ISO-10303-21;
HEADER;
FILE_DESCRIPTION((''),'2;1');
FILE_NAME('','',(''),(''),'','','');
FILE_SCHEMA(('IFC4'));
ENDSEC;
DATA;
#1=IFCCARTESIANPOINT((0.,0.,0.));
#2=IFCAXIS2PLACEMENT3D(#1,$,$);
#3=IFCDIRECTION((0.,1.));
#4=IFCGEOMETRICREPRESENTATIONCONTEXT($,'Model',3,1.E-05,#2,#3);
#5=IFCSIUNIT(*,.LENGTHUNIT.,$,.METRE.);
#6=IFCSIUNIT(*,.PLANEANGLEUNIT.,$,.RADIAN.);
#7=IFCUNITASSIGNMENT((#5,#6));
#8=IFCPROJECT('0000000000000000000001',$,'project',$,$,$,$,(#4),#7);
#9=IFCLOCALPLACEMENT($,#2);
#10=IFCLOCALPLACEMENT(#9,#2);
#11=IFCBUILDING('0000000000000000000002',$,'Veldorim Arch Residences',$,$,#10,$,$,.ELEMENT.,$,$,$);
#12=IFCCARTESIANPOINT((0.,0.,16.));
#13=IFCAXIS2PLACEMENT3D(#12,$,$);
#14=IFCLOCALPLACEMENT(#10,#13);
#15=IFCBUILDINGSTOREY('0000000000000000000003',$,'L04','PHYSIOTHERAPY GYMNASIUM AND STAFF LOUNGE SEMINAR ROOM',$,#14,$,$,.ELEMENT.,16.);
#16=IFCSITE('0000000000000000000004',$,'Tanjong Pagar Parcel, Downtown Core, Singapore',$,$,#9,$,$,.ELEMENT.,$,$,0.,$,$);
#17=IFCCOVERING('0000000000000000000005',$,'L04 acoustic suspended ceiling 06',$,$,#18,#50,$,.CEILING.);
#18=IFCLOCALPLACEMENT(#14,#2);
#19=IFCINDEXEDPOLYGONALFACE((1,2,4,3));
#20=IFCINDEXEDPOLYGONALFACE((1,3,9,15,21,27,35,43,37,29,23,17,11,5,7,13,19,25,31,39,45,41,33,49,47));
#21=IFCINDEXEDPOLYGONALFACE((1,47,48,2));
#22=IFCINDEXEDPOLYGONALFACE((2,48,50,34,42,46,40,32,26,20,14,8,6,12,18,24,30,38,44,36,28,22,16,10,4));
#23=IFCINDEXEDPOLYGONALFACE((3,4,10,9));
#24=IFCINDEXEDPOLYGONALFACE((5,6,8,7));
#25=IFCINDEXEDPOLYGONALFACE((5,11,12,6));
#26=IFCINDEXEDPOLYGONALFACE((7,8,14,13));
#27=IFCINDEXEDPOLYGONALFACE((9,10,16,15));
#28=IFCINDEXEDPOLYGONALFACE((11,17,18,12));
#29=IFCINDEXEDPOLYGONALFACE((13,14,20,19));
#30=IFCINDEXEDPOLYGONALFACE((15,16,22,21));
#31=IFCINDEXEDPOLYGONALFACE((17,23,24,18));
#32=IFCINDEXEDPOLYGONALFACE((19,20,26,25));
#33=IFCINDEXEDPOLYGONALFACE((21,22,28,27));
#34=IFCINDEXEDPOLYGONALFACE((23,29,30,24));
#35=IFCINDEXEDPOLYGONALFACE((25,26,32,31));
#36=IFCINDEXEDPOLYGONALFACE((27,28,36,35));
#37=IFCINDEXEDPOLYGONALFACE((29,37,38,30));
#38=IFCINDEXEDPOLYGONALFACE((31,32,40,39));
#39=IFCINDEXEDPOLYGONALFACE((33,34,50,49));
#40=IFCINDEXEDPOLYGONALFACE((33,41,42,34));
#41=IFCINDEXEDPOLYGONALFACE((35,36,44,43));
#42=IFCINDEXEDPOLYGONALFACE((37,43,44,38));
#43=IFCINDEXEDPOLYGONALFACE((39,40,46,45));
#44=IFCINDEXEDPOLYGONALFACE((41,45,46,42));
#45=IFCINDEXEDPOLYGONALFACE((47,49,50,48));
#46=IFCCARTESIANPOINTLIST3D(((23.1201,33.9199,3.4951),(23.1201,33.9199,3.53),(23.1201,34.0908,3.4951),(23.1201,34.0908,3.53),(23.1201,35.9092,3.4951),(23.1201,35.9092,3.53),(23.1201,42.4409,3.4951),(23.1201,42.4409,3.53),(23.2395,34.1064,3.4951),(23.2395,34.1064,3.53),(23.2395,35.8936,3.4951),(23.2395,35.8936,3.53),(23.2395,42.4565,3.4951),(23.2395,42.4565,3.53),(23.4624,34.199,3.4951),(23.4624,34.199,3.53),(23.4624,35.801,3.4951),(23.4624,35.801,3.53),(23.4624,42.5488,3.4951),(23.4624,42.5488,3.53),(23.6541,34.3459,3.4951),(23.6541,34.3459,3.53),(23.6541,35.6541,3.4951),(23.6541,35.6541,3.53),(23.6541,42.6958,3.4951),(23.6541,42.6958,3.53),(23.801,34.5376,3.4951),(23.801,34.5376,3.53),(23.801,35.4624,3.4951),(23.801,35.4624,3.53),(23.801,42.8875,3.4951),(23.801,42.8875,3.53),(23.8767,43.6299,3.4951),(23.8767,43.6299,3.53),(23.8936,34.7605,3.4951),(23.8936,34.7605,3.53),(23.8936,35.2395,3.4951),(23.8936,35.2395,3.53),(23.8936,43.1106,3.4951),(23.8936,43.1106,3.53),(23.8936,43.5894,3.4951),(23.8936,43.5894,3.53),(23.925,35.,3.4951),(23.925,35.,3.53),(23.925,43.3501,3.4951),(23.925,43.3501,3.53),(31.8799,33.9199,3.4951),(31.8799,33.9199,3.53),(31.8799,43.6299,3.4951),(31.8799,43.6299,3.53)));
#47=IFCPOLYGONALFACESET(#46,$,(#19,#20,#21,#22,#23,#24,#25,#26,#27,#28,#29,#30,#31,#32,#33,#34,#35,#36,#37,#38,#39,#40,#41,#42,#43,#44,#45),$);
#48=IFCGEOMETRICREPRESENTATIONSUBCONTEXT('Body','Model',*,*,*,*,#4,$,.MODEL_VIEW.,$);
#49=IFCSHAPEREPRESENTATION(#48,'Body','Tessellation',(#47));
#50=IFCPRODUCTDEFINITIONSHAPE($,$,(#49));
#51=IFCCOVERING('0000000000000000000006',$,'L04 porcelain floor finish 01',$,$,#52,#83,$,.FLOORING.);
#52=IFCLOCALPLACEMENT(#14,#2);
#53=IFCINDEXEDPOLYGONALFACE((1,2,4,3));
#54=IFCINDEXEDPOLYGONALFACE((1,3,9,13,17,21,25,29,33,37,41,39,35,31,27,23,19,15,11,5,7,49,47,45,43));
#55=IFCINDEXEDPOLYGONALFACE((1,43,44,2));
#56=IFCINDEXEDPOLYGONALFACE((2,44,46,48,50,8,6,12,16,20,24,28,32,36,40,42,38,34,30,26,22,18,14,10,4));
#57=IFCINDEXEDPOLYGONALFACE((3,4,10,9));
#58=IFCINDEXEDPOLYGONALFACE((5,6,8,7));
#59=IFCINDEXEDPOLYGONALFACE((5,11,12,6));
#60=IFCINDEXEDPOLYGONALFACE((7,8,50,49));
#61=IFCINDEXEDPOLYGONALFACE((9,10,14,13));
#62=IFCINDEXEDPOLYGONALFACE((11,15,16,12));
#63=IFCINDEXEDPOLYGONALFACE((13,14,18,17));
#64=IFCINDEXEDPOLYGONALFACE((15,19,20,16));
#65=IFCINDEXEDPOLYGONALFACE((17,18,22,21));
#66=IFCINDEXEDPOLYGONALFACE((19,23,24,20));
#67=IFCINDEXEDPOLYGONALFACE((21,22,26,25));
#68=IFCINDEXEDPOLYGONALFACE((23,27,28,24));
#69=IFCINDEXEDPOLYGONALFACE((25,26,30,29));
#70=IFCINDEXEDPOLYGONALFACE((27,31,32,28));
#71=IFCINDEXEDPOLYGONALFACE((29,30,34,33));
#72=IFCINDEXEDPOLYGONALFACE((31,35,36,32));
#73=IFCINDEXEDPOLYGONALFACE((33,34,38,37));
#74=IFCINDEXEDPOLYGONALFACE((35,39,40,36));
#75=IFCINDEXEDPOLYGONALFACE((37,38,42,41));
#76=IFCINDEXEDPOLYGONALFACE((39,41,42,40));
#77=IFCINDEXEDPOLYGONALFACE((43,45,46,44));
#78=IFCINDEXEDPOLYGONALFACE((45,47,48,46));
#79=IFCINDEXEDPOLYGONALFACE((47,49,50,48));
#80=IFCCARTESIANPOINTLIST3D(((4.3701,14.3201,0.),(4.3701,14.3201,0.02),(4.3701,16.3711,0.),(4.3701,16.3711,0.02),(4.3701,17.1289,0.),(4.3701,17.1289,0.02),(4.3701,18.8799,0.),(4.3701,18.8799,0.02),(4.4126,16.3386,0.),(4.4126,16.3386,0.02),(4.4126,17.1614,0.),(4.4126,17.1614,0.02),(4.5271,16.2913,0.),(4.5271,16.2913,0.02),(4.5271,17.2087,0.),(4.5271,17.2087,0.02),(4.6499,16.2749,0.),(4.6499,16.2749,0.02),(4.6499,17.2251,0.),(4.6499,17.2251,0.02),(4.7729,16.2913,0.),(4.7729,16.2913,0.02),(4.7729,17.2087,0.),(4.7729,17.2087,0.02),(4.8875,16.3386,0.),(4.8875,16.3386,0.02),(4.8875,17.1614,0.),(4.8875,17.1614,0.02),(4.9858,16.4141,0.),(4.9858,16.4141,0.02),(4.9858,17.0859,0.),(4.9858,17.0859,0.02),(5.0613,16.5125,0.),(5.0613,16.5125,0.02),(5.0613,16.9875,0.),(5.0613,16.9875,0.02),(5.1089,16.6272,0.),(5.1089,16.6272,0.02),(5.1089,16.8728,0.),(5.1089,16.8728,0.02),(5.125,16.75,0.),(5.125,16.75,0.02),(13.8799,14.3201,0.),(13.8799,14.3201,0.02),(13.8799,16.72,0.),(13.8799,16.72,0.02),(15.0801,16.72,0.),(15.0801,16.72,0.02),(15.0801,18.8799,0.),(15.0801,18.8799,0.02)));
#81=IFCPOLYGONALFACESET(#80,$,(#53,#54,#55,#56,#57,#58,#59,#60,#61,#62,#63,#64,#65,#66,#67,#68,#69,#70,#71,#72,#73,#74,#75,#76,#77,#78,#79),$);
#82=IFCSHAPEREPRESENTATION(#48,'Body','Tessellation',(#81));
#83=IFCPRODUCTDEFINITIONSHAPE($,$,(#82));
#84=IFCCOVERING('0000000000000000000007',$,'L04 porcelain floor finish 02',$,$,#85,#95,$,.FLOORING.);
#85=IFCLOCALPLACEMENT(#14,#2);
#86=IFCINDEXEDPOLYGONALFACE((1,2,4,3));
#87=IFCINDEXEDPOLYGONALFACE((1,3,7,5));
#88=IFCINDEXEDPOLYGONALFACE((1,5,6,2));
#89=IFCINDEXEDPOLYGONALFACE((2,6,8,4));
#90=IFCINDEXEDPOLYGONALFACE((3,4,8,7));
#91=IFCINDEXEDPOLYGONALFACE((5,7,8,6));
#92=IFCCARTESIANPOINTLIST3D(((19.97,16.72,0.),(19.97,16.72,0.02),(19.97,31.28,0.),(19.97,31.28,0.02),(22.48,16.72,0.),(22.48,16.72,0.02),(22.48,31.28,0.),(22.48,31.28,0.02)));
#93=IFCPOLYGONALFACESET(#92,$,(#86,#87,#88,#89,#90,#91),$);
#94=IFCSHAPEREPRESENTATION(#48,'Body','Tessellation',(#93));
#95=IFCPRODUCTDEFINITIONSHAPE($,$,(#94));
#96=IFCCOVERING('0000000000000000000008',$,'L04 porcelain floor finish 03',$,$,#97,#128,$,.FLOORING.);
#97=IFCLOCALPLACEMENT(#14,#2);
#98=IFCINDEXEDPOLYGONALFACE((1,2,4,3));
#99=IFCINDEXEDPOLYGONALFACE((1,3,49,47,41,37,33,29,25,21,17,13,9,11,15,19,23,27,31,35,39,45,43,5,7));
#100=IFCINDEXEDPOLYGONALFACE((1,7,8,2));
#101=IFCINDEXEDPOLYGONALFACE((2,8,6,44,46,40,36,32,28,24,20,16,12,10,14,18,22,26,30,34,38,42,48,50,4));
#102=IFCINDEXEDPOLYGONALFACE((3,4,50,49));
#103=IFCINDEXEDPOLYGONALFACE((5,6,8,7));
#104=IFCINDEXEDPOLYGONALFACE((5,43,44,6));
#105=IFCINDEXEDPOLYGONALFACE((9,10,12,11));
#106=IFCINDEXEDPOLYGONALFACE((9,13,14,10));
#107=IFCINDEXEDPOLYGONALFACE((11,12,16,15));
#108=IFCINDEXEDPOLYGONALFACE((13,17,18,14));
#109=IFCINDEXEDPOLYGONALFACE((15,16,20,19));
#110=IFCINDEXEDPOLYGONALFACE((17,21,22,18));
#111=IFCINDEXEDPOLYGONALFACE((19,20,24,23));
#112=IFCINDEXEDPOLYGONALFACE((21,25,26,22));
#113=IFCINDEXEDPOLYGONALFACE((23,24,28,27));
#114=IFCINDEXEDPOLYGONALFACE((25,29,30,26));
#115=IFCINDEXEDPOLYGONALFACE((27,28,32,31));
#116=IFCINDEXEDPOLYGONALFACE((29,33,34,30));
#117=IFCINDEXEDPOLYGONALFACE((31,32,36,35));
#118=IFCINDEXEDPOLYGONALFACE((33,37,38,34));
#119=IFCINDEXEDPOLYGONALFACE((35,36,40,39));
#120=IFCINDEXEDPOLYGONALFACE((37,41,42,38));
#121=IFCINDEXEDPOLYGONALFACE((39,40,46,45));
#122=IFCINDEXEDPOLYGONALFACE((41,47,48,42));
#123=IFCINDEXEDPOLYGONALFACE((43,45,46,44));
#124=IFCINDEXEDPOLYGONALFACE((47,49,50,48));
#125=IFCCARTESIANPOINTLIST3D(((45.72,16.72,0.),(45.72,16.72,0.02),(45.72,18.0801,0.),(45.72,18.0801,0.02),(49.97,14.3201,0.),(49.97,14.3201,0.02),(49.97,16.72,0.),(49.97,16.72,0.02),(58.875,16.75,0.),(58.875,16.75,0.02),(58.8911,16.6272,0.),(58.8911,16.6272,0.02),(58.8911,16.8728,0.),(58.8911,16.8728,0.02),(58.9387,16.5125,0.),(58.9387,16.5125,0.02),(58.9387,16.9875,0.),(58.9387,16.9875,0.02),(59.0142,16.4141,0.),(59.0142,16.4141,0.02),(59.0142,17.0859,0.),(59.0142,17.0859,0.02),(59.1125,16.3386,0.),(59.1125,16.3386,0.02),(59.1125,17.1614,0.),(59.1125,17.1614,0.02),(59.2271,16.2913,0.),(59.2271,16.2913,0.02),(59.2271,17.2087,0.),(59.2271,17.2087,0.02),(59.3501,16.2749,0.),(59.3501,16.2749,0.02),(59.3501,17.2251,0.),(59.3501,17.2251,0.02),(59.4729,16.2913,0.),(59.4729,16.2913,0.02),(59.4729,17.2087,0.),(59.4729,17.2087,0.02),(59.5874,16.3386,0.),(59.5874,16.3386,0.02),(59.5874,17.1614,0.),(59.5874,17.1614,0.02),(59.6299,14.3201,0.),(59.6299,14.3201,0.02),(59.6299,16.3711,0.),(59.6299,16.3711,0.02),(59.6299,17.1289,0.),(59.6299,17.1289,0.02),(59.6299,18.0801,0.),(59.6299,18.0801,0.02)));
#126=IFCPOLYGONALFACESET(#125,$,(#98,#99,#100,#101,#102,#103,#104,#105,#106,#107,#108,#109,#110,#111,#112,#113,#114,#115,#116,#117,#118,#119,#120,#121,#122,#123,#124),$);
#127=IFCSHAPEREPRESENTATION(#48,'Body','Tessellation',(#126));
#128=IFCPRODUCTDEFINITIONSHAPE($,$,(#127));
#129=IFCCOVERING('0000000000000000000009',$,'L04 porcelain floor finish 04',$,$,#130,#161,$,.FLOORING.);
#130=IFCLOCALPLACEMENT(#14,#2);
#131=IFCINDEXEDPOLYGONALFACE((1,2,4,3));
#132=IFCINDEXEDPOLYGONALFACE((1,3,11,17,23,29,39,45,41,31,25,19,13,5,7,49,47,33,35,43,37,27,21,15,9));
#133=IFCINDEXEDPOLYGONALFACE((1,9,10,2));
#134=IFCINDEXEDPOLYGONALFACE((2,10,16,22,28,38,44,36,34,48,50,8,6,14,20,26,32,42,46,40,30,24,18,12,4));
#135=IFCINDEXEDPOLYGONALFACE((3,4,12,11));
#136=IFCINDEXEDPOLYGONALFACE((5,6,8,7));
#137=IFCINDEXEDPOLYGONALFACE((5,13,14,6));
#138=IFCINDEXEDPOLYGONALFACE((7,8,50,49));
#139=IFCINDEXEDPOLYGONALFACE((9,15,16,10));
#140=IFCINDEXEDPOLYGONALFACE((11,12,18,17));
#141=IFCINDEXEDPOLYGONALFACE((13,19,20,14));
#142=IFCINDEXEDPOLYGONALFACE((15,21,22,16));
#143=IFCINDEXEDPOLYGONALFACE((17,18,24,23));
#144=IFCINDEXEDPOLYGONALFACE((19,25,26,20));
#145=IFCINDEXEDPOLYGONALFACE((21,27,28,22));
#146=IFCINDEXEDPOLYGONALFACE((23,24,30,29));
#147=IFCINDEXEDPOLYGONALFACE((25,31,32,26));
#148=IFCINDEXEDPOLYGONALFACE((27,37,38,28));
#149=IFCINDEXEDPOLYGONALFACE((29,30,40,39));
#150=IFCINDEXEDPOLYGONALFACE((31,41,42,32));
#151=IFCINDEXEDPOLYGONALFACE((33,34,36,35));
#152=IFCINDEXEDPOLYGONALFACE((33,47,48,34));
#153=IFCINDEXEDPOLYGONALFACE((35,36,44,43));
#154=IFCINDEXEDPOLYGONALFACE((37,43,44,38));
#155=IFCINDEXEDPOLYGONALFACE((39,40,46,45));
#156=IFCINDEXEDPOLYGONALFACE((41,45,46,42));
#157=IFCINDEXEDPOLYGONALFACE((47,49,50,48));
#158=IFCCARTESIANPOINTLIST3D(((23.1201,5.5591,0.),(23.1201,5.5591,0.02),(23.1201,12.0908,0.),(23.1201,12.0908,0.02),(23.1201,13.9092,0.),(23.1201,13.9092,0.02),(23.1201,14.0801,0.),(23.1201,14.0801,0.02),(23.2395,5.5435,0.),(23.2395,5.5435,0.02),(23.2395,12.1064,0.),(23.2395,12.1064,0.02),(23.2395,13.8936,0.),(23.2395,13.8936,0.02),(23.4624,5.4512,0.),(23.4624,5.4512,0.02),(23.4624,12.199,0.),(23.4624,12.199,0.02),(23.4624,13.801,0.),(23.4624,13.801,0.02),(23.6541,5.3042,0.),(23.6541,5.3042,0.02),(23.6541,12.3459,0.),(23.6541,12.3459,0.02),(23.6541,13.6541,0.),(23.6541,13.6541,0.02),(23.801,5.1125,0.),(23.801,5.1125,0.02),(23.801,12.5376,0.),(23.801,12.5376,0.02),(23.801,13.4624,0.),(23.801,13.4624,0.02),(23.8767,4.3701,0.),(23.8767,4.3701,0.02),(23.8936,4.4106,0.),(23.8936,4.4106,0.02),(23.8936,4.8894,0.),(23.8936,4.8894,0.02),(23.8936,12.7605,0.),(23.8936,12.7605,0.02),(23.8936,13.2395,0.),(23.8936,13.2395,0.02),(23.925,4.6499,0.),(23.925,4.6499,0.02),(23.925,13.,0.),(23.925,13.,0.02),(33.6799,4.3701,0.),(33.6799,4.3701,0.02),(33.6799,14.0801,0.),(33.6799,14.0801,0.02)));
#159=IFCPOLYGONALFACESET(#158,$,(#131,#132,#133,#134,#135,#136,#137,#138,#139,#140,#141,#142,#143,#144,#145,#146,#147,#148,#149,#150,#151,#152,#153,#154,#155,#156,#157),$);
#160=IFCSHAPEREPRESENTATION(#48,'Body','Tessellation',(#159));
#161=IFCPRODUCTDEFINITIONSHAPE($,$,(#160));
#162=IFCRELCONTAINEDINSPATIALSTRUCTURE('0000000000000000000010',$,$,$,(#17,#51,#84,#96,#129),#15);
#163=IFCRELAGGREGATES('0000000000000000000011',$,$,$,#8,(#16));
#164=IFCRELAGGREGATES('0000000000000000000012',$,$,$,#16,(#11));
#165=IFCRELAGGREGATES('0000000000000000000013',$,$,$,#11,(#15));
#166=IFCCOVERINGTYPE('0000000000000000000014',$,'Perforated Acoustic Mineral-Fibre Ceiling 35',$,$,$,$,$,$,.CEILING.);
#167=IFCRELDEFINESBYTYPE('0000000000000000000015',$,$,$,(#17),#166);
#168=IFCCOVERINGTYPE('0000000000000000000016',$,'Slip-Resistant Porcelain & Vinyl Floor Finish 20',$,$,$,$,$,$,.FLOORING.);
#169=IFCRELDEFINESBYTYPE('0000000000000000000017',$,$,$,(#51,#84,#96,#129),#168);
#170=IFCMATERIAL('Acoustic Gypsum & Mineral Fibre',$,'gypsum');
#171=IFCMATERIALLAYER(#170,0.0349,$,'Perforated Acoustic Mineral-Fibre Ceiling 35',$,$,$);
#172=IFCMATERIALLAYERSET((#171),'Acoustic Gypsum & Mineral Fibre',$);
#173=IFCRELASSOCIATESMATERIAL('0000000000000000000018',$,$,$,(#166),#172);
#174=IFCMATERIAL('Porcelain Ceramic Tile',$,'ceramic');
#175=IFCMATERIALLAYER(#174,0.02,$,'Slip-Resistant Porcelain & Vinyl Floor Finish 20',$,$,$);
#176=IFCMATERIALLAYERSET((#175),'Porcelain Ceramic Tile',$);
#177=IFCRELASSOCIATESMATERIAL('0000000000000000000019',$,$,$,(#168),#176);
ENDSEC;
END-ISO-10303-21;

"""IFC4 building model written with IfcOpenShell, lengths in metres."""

from ifc_helpers import new_model, si_unit, direction, frame, origin, place, context, subcontext, project, spatial, polyline, outline, extrude, material, layer, layer_set, type_object, element, save


model = new_model("IFC4")

# Units and contexts
model_context = context("Model", 3, precision=1e-05, world=origin(), true_north=direction((0.0, 1.0)))
body_context = subcontext(model_context, "Body", "Model", "MODEL_VIEW")
ifc_project = project(units=[si_unit("LENGTHUNIT", "METRE"), si_unit("PLANEANGLEUNIT", "RADIAN")], contexts=[model_context])

# Site, building, storey
site_placement = place(None, origin())
site = spatial("IfcSite", under=ifc_project, at=site_placement, Name="Tanjong Pagar Parcel, Downtown Core, Singapore", CompositionType="ELEMENT", RefElevation=0.0)
building_placement = place(site_placement, origin())
building = spatial("IfcBuilding", under=site, at=building_placement, Name="Veldorim Arch Residences", CompositionType="ELEMENT")
storey_placement = place(building_placement, frame((0.0, 0.0, 16.0)))
storey = spatial("IfcBuildingStorey", under=building, at=storey_placement, Name="L04", Description="PHYSIOTHERAPY GYMNASIUM AND STAFF LOUNGE SEMINAR ROOM", CompositionType="ELEMENT", Elevation=16.0)

# Coverings
ifc_material_1 = material(Name="Acoustic Gypsum & Mineral Fibre", Category="gypsum")
ifc_layer_1 = layer(ifc_material_1, 0.0349, Name="Perforated Acoustic Mineral-Fibre Ceiling 35")
ifc_layer_set_1 = layer_set([ifc_layer_1], Name="Acoustic Gypsum & Mineral Fibre")
covering_type_1 = type_object("IfcCoveringType", Name="Perforated Acoustic Mineral-Fibre Ceiling 35", PredefinedType="CEILING", material=ifc_layer_set_1)
covering_1_placement = place(storey_placement, frame((0.0, 0.0, 3.4951)))
element("IfcCovering", 1, at=covering_1_placement, inside=storey, type_object=covering_type_1, Name="L04 acoustic suspended ceiling 06", PredefinedType="CEILING", context=body_context, shape_type="SweptSolid", body=[
    extrude(outline(polyline([(31.8799, 43.6299), (31.8799, 33.9199), (23.1201, 33.9199), (23.1201, 34.0908), (23.2395, 34.1064), (23.4624, 34.199), (23.6541, 34.3459), (23.801, 34.5376), (23.8936, 34.7605), (23.925, 35.0), (23.8936, 35.2395), (23.801, 35.4624), (23.6541, 35.6541), (23.4624, 35.801), (23.2395, 35.8936), (23.1201, 35.9092), (23.1201, 42.4409), (23.2395, 42.4565), (23.4624, 42.5488), (23.6541, 42.6958), (23.801, 42.8875), (23.8936, 43.1106), (23.925, 43.3501), (23.8936, 43.5894), (23.8767, 43.6299), (31.8799, 43.6299)])), origin(), (0.0, 0.0, 1.0), 0.0349),
])
ifc_material_2 = material(Name="Porcelain Ceramic Tile", Category="ceramic")
ifc_layer_2 = layer(ifc_material_2, 0.02, Name="Slip-Resistant Porcelain & Vinyl Floor Finish 20")
ifc_layer_set_2 = layer_set([ifc_layer_2], Name="Porcelain Ceramic Tile")
covering_type_2 = type_object("IfcCoveringType", Name="Slip-Resistant Porcelain & Vinyl Floor Finish 20", PredefinedType="FLOORING", material=ifc_layer_set_2)
covering_2_placement = place(storey_placement, origin())
element("IfcCovering", 2, at=covering_2_placement, inside=storey, type_object=covering_type_2, Name="L04 porcelain floor finish 01", PredefinedType="FLOORING", context=body_context, shape_type="SweptSolid", body=[
    extrude(outline(polyline([(13.8799, 14.3201), (4.3701, 14.3201), (4.3701, 16.3711), (4.4126, 16.3386), (4.5271, 16.2913), (4.6499, 16.2749), (4.7729, 16.2913), (4.8875, 16.3386), (4.9858, 16.4141), (5.0613, 16.5125), (5.1089, 16.6272), (5.125, 16.75), (5.1089, 16.8728), (5.0613, 16.9875), (4.9858, 17.0859), (4.8875, 17.1614), (4.7729, 17.2087), (4.6499, 17.2251), (4.5271, 17.2087), (4.4126, 17.1614), (4.3701, 17.1289), (4.3701, 18.8799), (15.0801, 18.8799), (15.0801, 16.72), (13.8799, 16.72), (13.8799, 14.3201)])), origin(), (0.0, 0.0, 1.0), 0.02),
])
covering_3_placement = place(storey_placement, origin())
element("IfcCovering", 3, at=covering_3_placement, inside=storey, type_object=covering_type_2, Name="L04 porcelain floor finish 02", PredefinedType="FLOORING", context=body_context, shape_type="SweptSolid", body=[
    extrude(outline(polyline([(22.48, 31.28), (22.48, 16.72), (19.97, 16.72), (19.97, 31.28), (22.48, 31.28)])), origin(), (0.0, 0.0, 1.0), 0.02),
])
covering_4_placement = place(storey_placement, origin())
element("IfcCovering", 4, at=covering_4_placement, inside=storey, type_object=covering_type_2, Name="L04 porcelain floor finish 03", PredefinedType="FLOORING", context=body_context, shape_type="SweptSolid", body=[
    extrude(outline(polyline([(49.97, 16.72), (45.72, 16.72), (45.72, 18.0801), (59.6299, 18.0801), (59.6299, 17.1289), (59.5874, 17.1614), (59.4729, 17.2087), (59.3501, 17.2251), (59.2271, 17.2087), (59.1125, 17.1614), (59.0142, 17.0859), (58.9387, 16.9875), (58.8911, 16.8728), (58.875, 16.75), (58.8911, 16.6272), (58.9387, 16.5125), (59.0142, 16.4141), (59.1125, 16.3386), (59.2271, 16.2913), (59.3501, 16.2749), (59.4729, 16.2913), (59.5874, 16.3386), (59.6299, 16.3711), (59.6299, 14.3201), (49.97, 14.3201), (49.97, 16.72)])), origin(), (0.0, 0.0, 1.0), 0.02),
])
covering_5_placement = place(storey_placement, origin())
element("IfcCovering", 5, at=covering_5_placement, inside=storey, type_object=covering_type_2, Name="L04 porcelain floor finish 04", PredefinedType="FLOORING", context=body_context, shape_type="SweptSolid", body=[
    extrude(outline(polyline([(33.6799, 14.0801), (33.6799, 4.3701), (23.8767, 4.3701), (23.8936, 4.4106), (23.925, 4.6499), (23.8936, 4.8894), (23.801, 5.1125), (23.6541, 5.3042), (23.4624, 5.4512), (23.2395, 5.5435), (23.1201, 5.5591), (23.1201, 12.0908), (23.2395, 12.1064), (23.4624, 12.199), (23.6541, 12.3459), (23.801, 12.5376), (23.8936, 12.7605), (23.925, 13.0), (23.8936, 13.2395), (23.801, 13.4624), (23.6541, 13.6541), (23.4624, 13.801), (23.2395, 13.8936), (23.1201, 13.9092), (23.1201, 14.0801), (33.6799, 14.0801)])), origin(), (0.0, 0.0, 1.0), 0.02),
])

save(model, "model.ifc")
